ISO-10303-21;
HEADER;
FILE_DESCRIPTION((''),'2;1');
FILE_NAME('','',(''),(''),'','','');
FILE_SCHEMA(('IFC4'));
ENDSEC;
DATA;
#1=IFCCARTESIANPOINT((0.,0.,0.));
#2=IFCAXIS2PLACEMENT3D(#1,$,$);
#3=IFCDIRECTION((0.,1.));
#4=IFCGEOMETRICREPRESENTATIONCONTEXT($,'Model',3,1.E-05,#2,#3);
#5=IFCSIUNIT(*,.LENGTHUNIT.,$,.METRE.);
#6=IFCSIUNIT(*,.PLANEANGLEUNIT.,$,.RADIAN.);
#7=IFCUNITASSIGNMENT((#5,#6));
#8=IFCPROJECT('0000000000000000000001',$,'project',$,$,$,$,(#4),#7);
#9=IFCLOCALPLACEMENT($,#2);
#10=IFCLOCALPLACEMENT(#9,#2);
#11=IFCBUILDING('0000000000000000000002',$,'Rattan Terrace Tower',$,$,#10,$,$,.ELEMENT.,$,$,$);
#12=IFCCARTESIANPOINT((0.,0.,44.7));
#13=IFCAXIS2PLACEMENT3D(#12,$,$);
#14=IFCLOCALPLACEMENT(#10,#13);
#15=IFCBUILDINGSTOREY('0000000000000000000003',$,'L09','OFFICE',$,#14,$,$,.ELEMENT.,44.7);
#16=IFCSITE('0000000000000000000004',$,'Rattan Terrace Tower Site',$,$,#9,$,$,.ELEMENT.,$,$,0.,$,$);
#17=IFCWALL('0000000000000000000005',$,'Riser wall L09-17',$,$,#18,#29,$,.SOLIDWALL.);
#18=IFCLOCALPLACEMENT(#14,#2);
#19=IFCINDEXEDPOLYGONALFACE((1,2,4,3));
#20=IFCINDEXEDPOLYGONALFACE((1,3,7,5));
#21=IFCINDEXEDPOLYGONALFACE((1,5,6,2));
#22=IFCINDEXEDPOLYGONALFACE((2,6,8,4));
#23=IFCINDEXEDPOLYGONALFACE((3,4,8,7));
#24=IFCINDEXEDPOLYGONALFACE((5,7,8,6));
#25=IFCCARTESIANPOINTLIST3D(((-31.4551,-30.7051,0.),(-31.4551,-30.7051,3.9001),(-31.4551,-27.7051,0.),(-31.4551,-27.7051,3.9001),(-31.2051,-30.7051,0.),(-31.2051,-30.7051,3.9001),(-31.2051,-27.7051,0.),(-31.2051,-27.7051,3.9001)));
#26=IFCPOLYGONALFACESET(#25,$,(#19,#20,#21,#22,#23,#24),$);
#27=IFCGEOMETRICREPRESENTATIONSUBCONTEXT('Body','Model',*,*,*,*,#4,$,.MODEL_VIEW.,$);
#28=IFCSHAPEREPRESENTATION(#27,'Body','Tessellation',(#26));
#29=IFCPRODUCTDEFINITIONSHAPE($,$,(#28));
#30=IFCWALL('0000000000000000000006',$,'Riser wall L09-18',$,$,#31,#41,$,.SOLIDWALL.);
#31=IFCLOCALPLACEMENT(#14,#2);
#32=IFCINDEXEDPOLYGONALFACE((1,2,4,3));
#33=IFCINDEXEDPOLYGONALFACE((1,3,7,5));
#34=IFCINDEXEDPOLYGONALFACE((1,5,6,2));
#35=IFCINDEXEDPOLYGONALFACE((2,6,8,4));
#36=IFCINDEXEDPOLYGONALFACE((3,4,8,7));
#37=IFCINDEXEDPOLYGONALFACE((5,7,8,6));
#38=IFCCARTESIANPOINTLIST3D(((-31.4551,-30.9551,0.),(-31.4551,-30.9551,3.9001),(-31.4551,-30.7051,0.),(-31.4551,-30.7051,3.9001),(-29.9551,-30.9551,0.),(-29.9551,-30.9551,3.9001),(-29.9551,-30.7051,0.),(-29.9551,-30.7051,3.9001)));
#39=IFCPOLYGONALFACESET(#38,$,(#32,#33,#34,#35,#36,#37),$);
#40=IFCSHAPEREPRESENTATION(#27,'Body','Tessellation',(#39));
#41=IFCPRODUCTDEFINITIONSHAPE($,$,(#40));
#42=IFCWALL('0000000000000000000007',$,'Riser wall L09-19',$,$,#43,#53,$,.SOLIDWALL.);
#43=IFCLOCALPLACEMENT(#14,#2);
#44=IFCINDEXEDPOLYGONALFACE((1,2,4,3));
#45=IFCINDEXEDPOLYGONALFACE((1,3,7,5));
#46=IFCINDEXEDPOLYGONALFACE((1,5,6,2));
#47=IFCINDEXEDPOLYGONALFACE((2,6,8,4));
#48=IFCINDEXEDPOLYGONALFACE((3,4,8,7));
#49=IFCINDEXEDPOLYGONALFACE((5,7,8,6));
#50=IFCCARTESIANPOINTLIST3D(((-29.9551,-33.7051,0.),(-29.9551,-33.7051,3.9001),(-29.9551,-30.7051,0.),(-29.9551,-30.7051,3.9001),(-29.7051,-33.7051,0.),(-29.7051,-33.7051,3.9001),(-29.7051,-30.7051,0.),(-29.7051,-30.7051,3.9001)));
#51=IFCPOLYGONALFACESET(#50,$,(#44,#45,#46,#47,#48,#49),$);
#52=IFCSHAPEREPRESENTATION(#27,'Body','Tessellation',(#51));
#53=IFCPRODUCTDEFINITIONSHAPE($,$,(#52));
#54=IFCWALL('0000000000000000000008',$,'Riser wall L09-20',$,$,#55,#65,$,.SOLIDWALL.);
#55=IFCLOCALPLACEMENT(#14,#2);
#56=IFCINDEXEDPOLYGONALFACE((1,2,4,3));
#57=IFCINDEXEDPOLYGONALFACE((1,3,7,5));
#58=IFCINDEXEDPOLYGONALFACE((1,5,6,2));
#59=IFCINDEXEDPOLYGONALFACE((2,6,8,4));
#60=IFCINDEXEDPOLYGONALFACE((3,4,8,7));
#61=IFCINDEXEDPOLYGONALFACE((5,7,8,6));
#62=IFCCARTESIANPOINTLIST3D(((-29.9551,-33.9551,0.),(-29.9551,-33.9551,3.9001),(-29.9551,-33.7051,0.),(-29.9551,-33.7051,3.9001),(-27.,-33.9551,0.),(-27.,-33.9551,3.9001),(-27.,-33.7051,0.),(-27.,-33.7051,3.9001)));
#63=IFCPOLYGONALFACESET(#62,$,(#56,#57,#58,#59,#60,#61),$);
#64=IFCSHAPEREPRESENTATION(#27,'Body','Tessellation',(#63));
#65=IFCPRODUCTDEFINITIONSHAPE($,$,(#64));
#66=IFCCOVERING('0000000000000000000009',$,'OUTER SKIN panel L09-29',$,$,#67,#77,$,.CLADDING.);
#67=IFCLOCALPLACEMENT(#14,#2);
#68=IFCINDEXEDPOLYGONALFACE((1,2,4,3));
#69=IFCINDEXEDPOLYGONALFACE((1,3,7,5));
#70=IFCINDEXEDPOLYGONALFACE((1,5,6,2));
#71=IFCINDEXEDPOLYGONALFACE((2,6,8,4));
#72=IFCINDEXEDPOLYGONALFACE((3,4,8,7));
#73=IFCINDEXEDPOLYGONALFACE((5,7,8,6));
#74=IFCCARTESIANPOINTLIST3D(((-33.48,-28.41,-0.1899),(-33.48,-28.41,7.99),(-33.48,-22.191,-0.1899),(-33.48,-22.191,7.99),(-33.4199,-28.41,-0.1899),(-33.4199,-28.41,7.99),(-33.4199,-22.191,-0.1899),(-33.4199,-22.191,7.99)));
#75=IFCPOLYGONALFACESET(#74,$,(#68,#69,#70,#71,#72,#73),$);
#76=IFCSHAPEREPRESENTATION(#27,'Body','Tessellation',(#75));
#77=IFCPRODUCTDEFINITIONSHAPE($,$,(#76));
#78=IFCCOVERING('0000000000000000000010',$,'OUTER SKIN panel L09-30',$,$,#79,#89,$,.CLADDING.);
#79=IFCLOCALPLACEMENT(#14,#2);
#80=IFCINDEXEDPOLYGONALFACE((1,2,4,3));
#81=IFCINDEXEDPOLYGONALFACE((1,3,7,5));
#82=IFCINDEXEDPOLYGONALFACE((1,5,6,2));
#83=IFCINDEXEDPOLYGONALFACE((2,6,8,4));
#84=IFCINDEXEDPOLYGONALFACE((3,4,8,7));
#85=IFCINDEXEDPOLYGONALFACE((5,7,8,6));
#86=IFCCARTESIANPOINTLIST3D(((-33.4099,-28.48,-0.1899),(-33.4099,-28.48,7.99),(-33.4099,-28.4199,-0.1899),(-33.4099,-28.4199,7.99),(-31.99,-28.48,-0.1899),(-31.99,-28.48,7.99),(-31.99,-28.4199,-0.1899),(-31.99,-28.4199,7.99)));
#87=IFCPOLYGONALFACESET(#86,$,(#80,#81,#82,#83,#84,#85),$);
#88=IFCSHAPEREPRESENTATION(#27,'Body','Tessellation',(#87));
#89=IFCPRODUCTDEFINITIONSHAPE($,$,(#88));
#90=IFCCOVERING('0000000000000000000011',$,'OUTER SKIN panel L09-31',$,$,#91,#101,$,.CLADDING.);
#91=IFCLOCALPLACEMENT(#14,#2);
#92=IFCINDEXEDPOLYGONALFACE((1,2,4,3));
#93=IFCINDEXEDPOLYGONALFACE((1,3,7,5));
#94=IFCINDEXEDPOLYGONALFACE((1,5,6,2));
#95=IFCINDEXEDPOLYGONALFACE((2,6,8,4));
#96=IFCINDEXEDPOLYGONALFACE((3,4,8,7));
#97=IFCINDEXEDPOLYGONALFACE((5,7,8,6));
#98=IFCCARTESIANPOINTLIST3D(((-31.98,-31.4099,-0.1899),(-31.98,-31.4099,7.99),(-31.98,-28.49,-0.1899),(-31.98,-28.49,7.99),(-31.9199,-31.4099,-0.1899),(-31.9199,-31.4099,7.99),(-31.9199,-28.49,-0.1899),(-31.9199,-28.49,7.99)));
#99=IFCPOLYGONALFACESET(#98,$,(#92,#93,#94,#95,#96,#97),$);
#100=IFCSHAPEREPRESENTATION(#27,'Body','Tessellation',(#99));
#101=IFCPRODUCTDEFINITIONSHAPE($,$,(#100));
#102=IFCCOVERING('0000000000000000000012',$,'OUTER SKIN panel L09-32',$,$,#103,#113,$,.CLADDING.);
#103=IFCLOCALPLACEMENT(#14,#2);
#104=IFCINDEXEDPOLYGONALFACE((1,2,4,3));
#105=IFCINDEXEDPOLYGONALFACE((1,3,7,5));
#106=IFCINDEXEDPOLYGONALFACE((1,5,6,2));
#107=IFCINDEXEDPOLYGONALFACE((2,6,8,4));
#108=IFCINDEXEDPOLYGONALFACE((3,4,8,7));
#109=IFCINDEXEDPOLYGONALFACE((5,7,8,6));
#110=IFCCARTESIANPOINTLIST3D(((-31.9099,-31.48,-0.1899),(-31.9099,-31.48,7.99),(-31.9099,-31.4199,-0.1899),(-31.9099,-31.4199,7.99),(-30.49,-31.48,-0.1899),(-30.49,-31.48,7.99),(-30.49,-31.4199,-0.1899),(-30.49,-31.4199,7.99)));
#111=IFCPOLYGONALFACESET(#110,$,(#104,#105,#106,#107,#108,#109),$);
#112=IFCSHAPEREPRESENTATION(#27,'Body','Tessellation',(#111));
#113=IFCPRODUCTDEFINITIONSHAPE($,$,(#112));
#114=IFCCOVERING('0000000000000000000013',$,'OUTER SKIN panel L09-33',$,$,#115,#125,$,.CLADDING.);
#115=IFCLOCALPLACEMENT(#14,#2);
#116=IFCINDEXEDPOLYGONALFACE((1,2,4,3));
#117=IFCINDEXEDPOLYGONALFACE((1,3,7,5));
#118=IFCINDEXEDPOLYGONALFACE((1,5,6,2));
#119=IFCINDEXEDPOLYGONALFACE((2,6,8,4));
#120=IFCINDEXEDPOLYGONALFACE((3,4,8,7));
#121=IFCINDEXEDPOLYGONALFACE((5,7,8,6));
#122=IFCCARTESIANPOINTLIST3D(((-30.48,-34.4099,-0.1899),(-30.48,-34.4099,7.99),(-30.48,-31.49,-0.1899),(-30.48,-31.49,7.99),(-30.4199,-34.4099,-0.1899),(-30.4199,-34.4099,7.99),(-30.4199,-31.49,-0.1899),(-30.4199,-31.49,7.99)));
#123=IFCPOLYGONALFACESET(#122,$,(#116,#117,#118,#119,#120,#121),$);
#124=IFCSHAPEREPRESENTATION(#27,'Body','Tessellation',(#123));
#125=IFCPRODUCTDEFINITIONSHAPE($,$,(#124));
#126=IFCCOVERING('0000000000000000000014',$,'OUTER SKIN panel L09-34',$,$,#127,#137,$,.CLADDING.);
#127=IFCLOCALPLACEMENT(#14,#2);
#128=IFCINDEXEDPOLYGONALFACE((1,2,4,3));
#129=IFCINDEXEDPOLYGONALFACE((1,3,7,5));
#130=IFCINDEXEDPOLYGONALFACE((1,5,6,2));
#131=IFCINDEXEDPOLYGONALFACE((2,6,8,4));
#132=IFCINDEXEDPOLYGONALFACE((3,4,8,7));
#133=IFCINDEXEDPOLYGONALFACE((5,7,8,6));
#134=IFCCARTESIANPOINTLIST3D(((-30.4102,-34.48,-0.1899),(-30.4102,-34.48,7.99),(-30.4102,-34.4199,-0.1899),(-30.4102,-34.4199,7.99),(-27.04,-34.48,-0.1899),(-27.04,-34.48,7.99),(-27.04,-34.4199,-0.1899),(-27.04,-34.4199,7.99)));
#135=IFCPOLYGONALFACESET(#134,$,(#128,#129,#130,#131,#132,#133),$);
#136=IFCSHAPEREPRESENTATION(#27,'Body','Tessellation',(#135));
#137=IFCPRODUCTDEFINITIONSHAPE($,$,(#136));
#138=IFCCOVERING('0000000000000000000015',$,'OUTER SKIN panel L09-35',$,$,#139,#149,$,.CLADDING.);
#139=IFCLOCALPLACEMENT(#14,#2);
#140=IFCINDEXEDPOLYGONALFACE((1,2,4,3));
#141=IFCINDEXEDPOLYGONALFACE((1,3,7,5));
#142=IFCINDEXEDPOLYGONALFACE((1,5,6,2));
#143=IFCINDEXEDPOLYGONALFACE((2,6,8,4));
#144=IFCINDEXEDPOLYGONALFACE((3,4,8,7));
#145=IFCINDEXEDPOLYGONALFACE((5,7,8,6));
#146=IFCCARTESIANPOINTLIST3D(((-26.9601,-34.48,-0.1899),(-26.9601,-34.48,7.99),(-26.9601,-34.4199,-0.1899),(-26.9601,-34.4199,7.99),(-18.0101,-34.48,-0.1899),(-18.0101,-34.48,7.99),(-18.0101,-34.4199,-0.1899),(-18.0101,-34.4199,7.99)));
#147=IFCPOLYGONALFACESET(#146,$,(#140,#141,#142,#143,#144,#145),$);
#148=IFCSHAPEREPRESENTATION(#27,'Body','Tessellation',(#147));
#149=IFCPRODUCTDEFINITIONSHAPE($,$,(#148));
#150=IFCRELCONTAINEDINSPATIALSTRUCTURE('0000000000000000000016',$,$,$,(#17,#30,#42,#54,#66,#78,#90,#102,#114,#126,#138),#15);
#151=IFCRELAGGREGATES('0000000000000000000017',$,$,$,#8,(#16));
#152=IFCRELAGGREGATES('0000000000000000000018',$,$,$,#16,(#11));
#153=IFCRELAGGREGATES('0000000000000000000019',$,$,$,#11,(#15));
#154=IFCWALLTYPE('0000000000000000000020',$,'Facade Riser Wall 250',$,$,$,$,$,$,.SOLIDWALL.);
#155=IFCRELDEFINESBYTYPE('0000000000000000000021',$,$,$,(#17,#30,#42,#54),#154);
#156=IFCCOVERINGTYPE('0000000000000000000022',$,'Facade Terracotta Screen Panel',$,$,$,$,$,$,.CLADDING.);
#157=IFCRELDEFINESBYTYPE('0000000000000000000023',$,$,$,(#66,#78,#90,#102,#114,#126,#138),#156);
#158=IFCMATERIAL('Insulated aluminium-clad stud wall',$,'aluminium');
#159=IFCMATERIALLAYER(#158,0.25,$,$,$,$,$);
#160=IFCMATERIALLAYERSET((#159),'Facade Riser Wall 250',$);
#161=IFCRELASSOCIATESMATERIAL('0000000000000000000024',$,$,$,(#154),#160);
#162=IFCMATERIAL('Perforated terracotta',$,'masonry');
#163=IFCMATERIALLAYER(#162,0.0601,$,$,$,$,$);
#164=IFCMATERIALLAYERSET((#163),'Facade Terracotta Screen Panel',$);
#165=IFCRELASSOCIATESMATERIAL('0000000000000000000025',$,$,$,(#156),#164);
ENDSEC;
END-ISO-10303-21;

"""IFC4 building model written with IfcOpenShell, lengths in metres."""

from ifc_helpers import new_model, si_unit, direction, frame, frame_2d, origin, origin_2d, place, context, subcontext, project, spatial, rectangle, extrude, material, layer, layer_set, type_object, element, save


model = new_model("IFC4")

# Units and contexts
model_context = context("Model", 3, precision=1e-05, world=origin(), true_north=direction((0.0, 1.0)))
body_context = subcontext(model_context, "Body", "Model", "MODEL_VIEW")
ifc_project = project(units=[si_unit("LENGTHUNIT", "METRE"), si_unit("PLANEANGLEUNIT", "RADIAN")], contexts=[model_context])

# Site, building, storey
site_placement = place(None, origin())
site = spatial("IfcSite", under=ifc_project, at=site_placement, Name="Rattan Terrace Tower Site", CompositionType="ELEMENT", RefElevation=0.0)
building_placement = place(site_placement, origin())
building = spatial("IfcBuilding", under=site, at=building_placement, Name="Rattan Terrace Tower", CompositionType="ELEMENT")
storey_placement = place(building_placement, frame((0.0, 0.0, 44.7)))
storey = spatial("IfcBuildingStorey", under=building, at=storey_placement, Name="L09", Description="OFFICE", CompositionType="ELEMENT", Elevation=44.7)

# Walls
ifc_material_1 = material(Name="Insulated aluminium-clad stud wall", Category="aluminium")
ifc_layer_1 = layer(ifc_material_1, 0.25)
ifc_layer_set_1 = layer_set([ifc_layer_1], Name="Facade Riser Wall 250")
wall_type = type_object("IfcWallType", Name="Facade Riser Wall 250", PredefinedType="SOLIDWALL", material=ifc_layer_set_1)
wall_1_placement = place(storey_placement, frame((-31.3301, -27.7051, 0.0), z_axis=(0.0, 0.0, 1.0), x_axis=(0.0, -1.0, 0.0)))
element("IfcWall", 1, at=wall_1_placement, inside=storey, type_object=wall_type, Name="Riser wall L09-17", PredefinedType="SOLIDWALL", context=body_context, shape_type="SweptSolid", body=[
    extrude(rectangle(XDim=3.0, YDim=0.25, at=frame_2d((1.5, 0.0))), origin(), (0.0, 0.0, 1.0), 3.9001),
])
wall_2_placement = place(storey_placement, frame((-31.4551, -30.8301, 0.0), z_axis=(0.0, 0.0, 1.0), x_axis=(1.0, 0.0, 0.0)))
element("IfcWall", 2, at=wall_2_placement, inside=storey, type_object=wall_type, Name="Riser wall L09-18", PredefinedType="SOLIDWALL", context=body_context, shape_type="SweptSolid", body=[
    extrude(rectangle(XDim=1.5, YDim=0.25, at=frame_2d((0.75, 0.0))), origin(), (0.0, 0.0, 1.0), 3.9001),
])
wall_3_placement = place(storey_placement, frame((-29.8301, -30.7051, 0.0), z_axis=(0.0, 0.0, 1.0), x_axis=(0.0, -1.0, 0.0)))
element("IfcWall", 3, at=wall_3_placement, inside=storey, type_object=wall_type, Name="Riser wall L09-19", PredefinedType="SOLIDWALL", context=body_context, shape_type="SweptSolid", body=[
    extrude(rectangle(XDim=3.0, YDim=0.25, at=frame_2d((1.5, 0.0))), origin(), (0.0, 0.0, 1.0), 3.9001),
])
wall_4_placement = place(storey_placement, frame((-29.9551, -33.8301, 0.0), z_axis=(0.0, 0.0, 1.0), x_axis=(1.0, 0.0, 0.0)))
element("IfcWall", 4, at=wall_4_placement, inside=storey, type_object=wall_type, Name="Riser wall L09-20", PredefinedType="SOLIDWALL", context=body_context, shape_type="SweptSolid", body=[
    extrude(rectangle(XDim=2.9551, YDim=0.25, at=frame_2d((1.4775, 0.0))), origin(), (0.0, 0.0, 1.0), 3.9001),
])

# Coverings
ifc_material_2 = material(Name="Perforated terracotta", Category="masonry")
ifc_layer_2 = layer(ifc_material_2, 0.0601)
ifc_layer_set_2 = layer_set([ifc_layer_2], Name="Facade Terracotta Screen Panel")
covering_type = type_object("IfcCoveringType", Name="Facade Terracotta Screen Panel", PredefinedType="CLADDING", material=ifc_layer_set_2)
covering_1_placement = place(storey_placement, frame((-33.45, -25.3005, -0.1899), z_axis=(0.0, 0.0, 1.0), x_axis=(0.0, -1.0, 0.0)))
element("IfcCovering", 5, at=covering_1_placement, inside=storey, type_object=covering_type, Name="OUTER SKIN panel L09-29", PredefinedType="CLADDING", context=body_context, shape_type="SweptSolid", body=[
    extrude(rectangle(XDim=6.219, YDim=0.0601, at=origin_2d()), origin(), (0.0, 0.0, 1.0), 8.1799),
])
covering_2_placement = place(storey_placement, frame((-32.7, -28.45, -0.1899), z_axis=(0.0, 0.0, 1.0), x_axis=(1.0, 0.0, 0.0)))
element("IfcCovering", 6, at=covering_2_placement, inside=storey, type_object=covering_type, Name="OUTER SKIN panel L09-30", PredefinedType="CLADDING", context=body_context, shape_type="SweptSolid", body=[
    extrude(rectangle(XDim=1.4199, YDim=0.0601, at=origin_2d()), origin(), (0.0, 0.0, 1.0), 8.1799),
])
covering_3_placement = place(storey_placement, frame((-31.95, -29.95, -0.1899), z_axis=(0.0, 0.0, 1.0), x_axis=(0.0, -1.0, 0.0)))
element("IfcCovering", 7, at=covering_3_placement, inside=storey, type_object=covering_type, Name="OUTER SKIN panel L09-31", PredefinedType="CLADDING", context=body_context, shape_type="SweptSolid", body=[
    extrude(rectangle(XDim=2.9199, YDim=0.0601, at=origin_2d()), origin(), (0.0, 0.0, 1.0), 8.1799),
])
covering_4_placement = place(storey_placement, frame((-31.2, -31.45, -0.1899), z_axis=(0.0, 0.0, 1.0), x_axis=(1.0, 0.0, 0.0)))
element("IfcCovering", 8, at=covering_4_placement, inside=storey, type_object=covering_type, Name="OUTER SKIN panel L09-32", PredefinedType="CLADDING", context=body_context, shape_type="SweptSolid", body=[
    extrude(rectangle(XDim=1.4199, YDim=0.0601, at=origin_2d()), origin(), (0.0, 0.0, 1.0), 8.1799),
])
covering_5_placement = place(storey_placement, frame((-30.45, -32.95, -0.1899), z_axis=(0.0, 0.0, 1.0), x_axis=(0.0, -1.0, 0.0)))
element("IfcCovering", 9, at=covering_5_placement, inside=storey, type_object=covering_type, Name="OUTER SKIN panel L09-33", PredefinedType="CLADDING", context=body_context, shape_type="SweptSolid", body=[
    extrude(rectangle(XDim=2.9199, YDim=0.0601, at=origin_2d()), origin(), (0.0, 0.0, 1.0), 8.1799),
])
covering_6_placement = place(storey_placement, frame((-28.7251, -34.45, -0.1899), z_axis=(0.0, 0.0, 1.0), x_axis=(1.0, 0.0, 0.0)))
element("IfcCovering", 10, at=covering_6_placement, inside=storey, type_object=covering_type, Name="OUTER SKIN panel L09-34", PredefinedType="CLADDING", context=body_context, shape_type="SweptSolid", body=[
    extrude(rectangle(XDim=3.3701, YDim=0.0601, at=origin_2d()), origin(), (0.0, 0.0, 1.0), 8.1799),
])
covering_7_placement = place(storey_placement, frame((-22.4851, -34.45, -0.1899), z_axis=(0.0, 0.0, 1.0), x_axis=(1.0, 0.0, 0.0)))
element("IfcCovering", 11, at=covering_7_placement, inside=storey, type_object=covering_type, Name="OUTER SKIN panel L09-35", PredefinedType="CLADDING", context=body_context, shape_type="SweptSolid", body=[
    extrude(rectangle(XDim=8.95, YDim=0.0601, at=origin_2d()), origin(), (0.0, 0.0, 1.0), 8.1799),
])

save(model, "model.ifc")
